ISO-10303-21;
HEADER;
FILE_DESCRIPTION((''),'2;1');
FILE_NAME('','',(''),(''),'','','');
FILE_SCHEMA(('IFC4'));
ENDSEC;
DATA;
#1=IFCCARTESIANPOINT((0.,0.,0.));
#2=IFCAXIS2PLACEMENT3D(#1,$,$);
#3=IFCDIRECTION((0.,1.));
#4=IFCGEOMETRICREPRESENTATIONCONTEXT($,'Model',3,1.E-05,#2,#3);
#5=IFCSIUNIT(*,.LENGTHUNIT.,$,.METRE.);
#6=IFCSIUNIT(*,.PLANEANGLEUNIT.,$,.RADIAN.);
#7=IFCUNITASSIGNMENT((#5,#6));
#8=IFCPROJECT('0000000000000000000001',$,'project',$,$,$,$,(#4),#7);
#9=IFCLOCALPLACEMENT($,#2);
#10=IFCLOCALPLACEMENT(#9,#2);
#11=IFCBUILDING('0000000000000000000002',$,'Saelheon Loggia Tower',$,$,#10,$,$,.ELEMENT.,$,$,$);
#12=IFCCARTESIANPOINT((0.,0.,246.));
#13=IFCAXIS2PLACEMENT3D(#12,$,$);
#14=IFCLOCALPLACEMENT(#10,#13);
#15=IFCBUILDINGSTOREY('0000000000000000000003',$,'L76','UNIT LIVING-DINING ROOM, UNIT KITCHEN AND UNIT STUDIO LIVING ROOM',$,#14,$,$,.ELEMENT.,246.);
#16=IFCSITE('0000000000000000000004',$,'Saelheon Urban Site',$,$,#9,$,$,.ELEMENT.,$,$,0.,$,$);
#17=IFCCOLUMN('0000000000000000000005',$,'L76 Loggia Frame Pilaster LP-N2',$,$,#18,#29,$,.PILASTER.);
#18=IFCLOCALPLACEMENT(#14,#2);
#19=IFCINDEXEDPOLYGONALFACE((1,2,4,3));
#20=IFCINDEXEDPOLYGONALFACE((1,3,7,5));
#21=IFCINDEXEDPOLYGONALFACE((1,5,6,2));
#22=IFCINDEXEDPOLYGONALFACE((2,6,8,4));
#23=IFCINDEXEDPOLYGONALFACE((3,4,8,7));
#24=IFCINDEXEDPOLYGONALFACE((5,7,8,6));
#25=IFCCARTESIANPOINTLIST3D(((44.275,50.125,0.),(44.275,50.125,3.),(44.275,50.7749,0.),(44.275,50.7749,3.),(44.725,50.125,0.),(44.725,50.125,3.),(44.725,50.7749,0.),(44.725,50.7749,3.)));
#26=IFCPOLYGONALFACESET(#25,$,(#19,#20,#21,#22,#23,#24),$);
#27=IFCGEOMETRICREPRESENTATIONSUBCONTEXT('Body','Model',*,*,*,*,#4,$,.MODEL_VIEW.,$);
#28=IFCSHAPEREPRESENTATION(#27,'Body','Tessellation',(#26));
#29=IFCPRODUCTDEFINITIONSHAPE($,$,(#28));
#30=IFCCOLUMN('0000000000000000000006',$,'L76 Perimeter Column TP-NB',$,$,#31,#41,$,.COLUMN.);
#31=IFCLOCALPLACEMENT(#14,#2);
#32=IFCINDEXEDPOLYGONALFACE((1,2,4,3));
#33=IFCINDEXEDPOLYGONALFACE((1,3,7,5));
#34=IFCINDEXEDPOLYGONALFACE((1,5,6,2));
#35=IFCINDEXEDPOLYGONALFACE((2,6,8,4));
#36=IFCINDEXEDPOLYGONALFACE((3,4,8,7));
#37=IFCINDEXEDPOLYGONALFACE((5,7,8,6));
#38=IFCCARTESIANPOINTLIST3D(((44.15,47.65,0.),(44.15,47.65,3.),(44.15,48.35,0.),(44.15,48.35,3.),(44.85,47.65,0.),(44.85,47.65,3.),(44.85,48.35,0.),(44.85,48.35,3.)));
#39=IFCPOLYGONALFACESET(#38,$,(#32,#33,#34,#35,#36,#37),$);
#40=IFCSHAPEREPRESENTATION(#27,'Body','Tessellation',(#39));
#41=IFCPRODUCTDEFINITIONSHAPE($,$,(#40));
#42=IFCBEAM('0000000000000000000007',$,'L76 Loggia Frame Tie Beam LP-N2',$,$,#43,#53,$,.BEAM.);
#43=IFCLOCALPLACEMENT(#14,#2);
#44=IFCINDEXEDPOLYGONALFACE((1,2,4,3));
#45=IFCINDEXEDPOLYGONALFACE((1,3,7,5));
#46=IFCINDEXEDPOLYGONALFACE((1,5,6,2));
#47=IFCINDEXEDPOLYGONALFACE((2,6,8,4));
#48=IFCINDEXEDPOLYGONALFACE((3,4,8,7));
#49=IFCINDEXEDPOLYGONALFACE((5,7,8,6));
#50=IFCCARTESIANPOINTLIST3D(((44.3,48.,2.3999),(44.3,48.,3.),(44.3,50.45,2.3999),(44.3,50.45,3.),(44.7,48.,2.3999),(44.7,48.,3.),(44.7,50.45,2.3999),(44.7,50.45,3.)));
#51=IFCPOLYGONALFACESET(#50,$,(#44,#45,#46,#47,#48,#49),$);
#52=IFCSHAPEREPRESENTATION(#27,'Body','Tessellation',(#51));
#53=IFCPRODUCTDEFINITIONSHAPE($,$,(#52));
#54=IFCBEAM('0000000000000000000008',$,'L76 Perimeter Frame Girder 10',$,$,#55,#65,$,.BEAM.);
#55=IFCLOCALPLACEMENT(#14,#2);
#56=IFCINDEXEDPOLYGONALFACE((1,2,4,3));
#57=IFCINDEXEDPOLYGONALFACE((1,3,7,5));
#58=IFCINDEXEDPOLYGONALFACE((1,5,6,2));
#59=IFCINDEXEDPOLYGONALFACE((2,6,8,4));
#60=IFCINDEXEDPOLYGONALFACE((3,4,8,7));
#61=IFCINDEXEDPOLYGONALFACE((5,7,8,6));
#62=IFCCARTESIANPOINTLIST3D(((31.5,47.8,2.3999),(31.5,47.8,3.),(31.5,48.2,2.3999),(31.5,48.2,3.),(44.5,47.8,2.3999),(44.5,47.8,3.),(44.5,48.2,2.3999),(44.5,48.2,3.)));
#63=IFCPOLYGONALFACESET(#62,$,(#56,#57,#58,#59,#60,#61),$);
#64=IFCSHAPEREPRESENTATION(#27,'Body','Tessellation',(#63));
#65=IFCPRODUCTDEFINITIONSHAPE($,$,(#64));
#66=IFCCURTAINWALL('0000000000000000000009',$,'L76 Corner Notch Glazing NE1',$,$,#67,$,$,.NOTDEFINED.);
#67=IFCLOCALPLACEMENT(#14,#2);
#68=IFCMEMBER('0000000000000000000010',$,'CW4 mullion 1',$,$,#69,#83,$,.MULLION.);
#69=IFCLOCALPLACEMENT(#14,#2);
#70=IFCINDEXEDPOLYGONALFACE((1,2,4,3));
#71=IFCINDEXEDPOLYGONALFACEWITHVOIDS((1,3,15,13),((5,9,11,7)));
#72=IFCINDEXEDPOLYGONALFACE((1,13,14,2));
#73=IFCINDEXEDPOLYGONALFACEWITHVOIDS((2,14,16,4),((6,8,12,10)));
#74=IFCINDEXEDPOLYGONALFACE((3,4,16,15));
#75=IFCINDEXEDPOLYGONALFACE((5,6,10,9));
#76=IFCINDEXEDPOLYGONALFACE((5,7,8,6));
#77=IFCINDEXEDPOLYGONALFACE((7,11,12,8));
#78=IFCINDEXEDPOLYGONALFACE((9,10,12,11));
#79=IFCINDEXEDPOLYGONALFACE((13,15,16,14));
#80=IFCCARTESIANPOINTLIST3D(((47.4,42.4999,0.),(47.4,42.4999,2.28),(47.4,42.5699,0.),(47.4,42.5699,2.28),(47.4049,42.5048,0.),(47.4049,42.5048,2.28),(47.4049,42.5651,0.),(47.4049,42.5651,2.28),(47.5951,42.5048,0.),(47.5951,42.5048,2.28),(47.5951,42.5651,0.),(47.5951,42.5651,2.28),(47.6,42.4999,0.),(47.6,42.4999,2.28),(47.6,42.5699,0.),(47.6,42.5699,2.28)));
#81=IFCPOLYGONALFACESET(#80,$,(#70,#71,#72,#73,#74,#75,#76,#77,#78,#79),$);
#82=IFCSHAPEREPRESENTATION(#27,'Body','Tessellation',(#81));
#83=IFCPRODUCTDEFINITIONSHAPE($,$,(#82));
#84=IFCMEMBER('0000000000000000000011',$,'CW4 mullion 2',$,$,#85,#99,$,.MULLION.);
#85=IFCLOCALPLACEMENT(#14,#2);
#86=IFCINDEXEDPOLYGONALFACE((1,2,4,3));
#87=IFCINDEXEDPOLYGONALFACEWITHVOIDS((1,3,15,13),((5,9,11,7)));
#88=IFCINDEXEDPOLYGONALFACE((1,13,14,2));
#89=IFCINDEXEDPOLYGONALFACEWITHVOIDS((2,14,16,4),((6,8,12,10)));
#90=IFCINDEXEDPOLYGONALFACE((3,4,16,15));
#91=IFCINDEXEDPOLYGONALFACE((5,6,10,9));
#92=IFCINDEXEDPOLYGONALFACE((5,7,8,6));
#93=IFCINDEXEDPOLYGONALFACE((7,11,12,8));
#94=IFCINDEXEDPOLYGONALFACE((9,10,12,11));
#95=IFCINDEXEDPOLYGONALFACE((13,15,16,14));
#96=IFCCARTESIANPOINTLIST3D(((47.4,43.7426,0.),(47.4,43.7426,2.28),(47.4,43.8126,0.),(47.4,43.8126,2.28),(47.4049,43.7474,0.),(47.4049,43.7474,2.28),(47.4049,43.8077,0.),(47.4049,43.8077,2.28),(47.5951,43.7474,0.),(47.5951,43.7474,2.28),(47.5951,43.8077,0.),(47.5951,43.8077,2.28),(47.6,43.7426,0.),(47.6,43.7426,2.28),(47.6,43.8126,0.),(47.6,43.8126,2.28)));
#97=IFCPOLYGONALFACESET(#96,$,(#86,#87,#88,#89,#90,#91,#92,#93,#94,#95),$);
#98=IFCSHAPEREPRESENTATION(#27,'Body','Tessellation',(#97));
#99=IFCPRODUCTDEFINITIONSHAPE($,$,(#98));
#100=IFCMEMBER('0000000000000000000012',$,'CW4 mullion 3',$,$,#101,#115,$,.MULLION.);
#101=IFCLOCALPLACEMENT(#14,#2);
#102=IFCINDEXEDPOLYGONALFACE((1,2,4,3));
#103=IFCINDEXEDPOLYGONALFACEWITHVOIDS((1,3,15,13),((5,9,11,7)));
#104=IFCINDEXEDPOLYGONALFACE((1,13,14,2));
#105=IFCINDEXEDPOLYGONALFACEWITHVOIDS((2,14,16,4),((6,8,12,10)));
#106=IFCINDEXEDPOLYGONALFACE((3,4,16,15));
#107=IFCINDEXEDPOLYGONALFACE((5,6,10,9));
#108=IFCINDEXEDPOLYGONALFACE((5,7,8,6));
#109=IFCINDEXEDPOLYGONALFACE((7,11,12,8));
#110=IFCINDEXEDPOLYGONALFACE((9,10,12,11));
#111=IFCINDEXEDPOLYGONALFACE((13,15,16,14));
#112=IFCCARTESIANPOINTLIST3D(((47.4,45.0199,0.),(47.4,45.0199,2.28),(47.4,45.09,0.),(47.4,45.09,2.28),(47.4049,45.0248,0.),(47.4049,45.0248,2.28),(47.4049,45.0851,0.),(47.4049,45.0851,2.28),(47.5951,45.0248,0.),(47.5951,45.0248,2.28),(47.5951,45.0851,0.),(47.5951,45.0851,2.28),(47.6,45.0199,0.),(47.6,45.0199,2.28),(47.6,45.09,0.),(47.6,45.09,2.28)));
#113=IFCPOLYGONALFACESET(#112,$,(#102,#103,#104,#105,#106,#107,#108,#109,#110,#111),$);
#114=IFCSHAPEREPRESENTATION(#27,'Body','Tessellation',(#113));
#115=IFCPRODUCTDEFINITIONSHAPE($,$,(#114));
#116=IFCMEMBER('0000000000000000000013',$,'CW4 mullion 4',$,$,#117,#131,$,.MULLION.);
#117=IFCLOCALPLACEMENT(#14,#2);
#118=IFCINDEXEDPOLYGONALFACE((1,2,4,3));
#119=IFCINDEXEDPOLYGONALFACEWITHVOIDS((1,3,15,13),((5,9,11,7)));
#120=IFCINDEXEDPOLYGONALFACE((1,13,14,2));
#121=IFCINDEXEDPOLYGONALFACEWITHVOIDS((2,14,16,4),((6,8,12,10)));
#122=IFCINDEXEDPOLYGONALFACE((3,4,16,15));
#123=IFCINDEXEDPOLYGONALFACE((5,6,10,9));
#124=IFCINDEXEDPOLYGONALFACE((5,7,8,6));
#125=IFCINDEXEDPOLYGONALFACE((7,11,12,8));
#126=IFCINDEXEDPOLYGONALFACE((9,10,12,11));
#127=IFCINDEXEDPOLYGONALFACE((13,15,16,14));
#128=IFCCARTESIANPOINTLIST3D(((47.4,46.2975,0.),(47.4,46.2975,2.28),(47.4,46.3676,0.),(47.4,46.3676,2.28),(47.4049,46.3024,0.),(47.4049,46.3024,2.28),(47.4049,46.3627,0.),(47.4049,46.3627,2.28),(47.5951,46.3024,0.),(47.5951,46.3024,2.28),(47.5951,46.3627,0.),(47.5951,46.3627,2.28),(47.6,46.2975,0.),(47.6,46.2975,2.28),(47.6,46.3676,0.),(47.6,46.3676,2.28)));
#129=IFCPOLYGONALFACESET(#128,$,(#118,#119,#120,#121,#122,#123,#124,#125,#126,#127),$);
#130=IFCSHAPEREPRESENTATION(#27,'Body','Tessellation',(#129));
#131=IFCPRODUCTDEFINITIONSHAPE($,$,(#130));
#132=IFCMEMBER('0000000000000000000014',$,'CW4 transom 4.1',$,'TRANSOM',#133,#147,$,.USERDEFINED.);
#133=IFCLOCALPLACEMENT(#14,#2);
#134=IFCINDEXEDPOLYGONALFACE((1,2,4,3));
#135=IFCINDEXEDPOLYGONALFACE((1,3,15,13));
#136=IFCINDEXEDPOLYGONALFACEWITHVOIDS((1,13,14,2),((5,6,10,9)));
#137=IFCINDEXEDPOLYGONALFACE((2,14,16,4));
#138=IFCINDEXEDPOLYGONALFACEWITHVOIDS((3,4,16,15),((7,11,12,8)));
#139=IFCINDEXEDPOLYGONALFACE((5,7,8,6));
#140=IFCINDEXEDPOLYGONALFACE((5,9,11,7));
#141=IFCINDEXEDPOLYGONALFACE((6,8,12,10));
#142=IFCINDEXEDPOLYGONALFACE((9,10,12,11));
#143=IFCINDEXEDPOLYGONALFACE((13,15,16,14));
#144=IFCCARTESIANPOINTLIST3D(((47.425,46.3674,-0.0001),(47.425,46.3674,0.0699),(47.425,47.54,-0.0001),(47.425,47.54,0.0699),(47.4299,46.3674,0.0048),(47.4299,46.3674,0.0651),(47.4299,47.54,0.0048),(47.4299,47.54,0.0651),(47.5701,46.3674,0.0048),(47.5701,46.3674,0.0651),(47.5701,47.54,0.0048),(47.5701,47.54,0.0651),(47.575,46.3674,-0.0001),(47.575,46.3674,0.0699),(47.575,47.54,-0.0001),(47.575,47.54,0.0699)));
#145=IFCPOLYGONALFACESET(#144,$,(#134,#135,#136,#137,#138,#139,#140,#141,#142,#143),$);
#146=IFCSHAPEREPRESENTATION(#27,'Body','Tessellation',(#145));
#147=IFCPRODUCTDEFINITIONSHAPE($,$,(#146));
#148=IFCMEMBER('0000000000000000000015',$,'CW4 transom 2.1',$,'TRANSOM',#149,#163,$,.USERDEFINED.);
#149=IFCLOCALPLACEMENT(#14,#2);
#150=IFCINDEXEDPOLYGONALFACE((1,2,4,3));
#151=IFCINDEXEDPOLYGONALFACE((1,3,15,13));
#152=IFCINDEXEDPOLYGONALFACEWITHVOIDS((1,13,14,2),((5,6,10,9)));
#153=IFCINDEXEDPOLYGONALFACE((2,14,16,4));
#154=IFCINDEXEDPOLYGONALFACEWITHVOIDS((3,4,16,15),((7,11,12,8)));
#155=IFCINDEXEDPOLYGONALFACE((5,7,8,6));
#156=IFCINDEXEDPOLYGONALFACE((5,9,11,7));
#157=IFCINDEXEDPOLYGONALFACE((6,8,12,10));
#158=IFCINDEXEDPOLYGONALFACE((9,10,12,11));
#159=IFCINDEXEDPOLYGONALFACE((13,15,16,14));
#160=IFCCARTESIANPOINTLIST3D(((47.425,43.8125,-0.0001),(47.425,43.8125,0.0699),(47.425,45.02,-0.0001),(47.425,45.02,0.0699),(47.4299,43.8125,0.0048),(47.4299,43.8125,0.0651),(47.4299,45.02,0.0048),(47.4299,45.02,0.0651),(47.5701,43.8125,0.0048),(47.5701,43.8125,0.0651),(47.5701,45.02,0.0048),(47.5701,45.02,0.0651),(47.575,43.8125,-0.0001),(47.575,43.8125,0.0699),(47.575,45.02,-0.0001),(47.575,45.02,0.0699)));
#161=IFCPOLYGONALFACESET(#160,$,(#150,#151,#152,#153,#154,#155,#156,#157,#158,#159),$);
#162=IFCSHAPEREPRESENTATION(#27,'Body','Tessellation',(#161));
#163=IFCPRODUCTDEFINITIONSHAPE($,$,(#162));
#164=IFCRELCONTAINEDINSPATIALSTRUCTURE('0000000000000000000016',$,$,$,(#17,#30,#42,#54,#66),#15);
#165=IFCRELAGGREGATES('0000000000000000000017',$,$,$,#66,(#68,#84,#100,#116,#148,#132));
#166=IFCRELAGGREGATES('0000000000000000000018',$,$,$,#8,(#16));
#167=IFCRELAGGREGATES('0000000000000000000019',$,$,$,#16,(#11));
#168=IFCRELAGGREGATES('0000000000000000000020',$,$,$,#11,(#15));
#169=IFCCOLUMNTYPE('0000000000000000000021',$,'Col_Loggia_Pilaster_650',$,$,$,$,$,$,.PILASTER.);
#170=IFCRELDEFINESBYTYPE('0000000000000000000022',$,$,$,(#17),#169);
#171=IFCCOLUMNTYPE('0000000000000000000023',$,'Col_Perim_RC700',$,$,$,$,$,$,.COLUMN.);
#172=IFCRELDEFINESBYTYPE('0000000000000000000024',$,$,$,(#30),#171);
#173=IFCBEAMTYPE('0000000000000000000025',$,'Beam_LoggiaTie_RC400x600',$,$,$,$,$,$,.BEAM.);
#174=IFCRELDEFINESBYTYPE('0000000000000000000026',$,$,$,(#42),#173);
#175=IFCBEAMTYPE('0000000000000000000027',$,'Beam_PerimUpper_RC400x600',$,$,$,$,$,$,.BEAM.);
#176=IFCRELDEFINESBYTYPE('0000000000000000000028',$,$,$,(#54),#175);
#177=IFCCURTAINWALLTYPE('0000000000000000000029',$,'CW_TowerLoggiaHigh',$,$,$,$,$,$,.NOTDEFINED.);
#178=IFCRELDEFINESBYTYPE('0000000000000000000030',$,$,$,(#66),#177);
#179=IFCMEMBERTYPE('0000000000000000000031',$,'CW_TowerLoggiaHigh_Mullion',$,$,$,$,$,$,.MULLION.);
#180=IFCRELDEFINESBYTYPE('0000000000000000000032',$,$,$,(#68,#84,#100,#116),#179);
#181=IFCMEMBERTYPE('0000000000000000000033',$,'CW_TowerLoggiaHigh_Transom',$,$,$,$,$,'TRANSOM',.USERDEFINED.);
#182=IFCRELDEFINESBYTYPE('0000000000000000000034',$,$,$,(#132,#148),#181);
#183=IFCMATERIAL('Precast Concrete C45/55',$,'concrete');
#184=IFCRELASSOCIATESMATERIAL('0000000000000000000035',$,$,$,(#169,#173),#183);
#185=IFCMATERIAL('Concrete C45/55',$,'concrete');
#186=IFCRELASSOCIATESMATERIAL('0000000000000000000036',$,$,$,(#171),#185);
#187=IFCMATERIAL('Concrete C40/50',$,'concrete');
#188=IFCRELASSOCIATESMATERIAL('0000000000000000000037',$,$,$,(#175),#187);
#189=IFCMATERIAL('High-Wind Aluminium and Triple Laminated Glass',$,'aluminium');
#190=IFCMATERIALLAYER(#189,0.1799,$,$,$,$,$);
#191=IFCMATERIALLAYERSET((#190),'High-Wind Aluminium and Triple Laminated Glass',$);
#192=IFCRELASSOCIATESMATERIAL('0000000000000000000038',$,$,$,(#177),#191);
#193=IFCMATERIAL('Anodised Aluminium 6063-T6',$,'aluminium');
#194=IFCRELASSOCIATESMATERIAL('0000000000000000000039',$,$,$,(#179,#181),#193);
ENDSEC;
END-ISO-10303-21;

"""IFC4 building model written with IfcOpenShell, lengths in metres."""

from ifc_helpers import new_model, si_unit, direction, frame, origin, origin_2d, place, context, subcontext, project, spatial, rectangle, hollow_rectangle, extrude, source, transform, mapped, material, layer, layer_set, material_profile, profile_set, type_object, element, aggregate, save


model = new_model("IFC4")

# Units and contexts
model_context = context("Model", 3, precision=1e-05, world=origin(), true_north=direction((0.0, 1.0)))
body_context = subcontext(model_context, "Body", "Model", "MODEL_VIEW")
ifc_project = project(units=[si_unit("LENGTHUNIT", "METRE"), si_unit("PLANEANGLEUNIT", "RADIAN")], contexts=[model_context])

# Site, building, storey
site_placement = place(None, origin())
site = spatial("IfcSite", under=ifc_project, at=site_placement, Name="Saelheon Urban Site", CompositionType="ELEMENT", RefElevation=0.0)
building_placement = place(site_placement, origin())
building = spatial("IfcBuilding", under=site, at=building_placement, Name="Saelheon Loggia Tower", CompositionType="ELEMENT")
storey_placement = place(building_placement, frame((0.0, 0.0, 246.0)))
storey = spatial("IfcBuildingStorey", under=building, at=storey_placement, Name="L76", Description="UNIT LIVING-DINING ROOM, UNIT KITCHEN AND UNIT STUDIO LIVING ROOM", CompositionType="ELEMENT", Elevation=246.0)

# Columns
ifc_material_1 = material(Name="Precast Concrete C45/55", Category="concrete")
ifc_material_profile_1 = material_profile(ifc_material_1, rectangle(XDim=0.45, YDim=0.6499, at=origin_2d()), Name="RC-450x650")
ifc_profile_set_1 = profile_set([ifc_material_profile_1], Name="Precast Concrete C45/55")
column_type_1 = type_object("IfcColumnType", Name="Col_Loggia_Pilaster_650", PredefinedType="PILASTER", material=ifc_profile_set_1)
shared_shape_1 = source(origin(), body_context, "Body", "SweptSolid", [
    extrude(rectangle(XDim=0.45, YDim=0.6499, at=origin_2d()), origin(), (0.0, 0.0, 1.0), 3.0),
])
column_1_placement = place(storey_placement, frame((44.5, 50.45, 0.0), z_axis=(0.0, 0.0, 1.0), x_axis=(1.0, 0.0, 0.0)))
element("IfcColumn", 1, at=column_1_placement, inside=storey, type_object=column_type_1, Name="L76 Loggia Frame Pilaster LP-N2", PredefinedType="PILASTER", context=body_context, shape_type="MappedRepresentation", body=[
    mapped(shared_shape_1, transform((0.0, 0.0, 0.0), scale=1.0)),
])
ifc_material_2 = material(Name="Concrete C45/55", Category="concrete")
ifc_material_profile_2 = material_profile(ifc_material_2, rectangle(XDim=0.7, YDim=0.7, at=origin_2d()), Name="RC-700x700")
ifc_profile_set_2 = profile_set([ifc_material_profile_2], Name="Concrete C45/55")
column_type_2 = type_object("IfcColumnType", Name="Col_Perim_RC700", PredefinedType="COLUMN", material=ifc_profile_set_2)
shared_shape_2 = source(origin(), body_context, "Body", "SweptSolid", [
    extrude(rectangle(XDim=0.7, YDim=0.7, at=origin_2d()), origin(), (0.0, 0.0, 1.0), 3.0),
])
column_2_placement = place(storey_placement, frame((44.5, 48.0, 0.0), z_axis=(0.0, 0.0, 1.0), x_axis=(1.0, 0.0, 0.0)))
element("IfcColumn", 2, at=column_2_placement, inside=storey, type_object=column_type_2, Name="L76 Perimeter Column TP-NB", PredefinedType="COLUMN", context=body_context, shape_type="MappedRepresentation", body=[
    mapped(shared_shape_2, transform((0.0, 0.0, 0.0), scale=1.0)),
])

# Beams
ifc_material_profile_3 = material_profile(ifc_material_1, rectangle(XDim=0.3999, YDim=0.6001, at=origin_2d()), Name="RC-400x600")
ifc_profile_set_3 = profile_set([ifc_material_profile_3], Name="Precast Concrete C45/55")
beam_type_1 = type_object("IfcBeamType", Name="Beam_LoggiaTie_RC400x600", PredefinedType="BEAM", material=ifc_profile_set_3)
shared_shape_3 = source(origin(), body_context, "Body", "SweptSolid", [
    extrude(rectangle(XDim=0.3999, YDim=0.6001, at=origin_2d()), origin(), (0.0, 0.0, 1.0), 2.45),
])
beam_1_placement = place(storey_placement, frame((44.5, 48.0, 2.7), z_axis=(0.0, 1.0, 0.0), x_axis=(-1.0, 0.0, 0.0)))
element("IfcBeam", 3, at=beam_1_placement, inside=storey, type_object=beam_type_1, Name="L76 Loggia Frame Tie Beam LP-N2", PredefinedType="BEAM", context=body_context, shape_type="MappedRepresentation", body=[
    mapped(shared_shape_3, transform((0.0, 0.0, 0.0), scale=1.0)),
])
ifc_material_3 = material(Name="Concrete C40/50", Category="concrete")
ifc_material_profile_4 = material_profile(ifc_material_3, rectangle(XDim=0.3999, YDim=0.6001, at=origin_2d()), Name="RC-400x600")
ifc_profile_set_4 = profile_set([ifc_material_profile_4], Name="Concrete C40/50")
beam_type_2 = type_object("IfcBeamType", Name="Beam_PerimUpper_RC400x600", PredefinedType="BEAM", material=ifc_profile_set_4)
shared_shape_4 = source(origin(), body_context, "Body", "SweptSolid", [
    extrude(rectangle(XDim=0.3999, YDim=0.6001, at=origin_2d()), origin(), (0.0, 0.0, 1.0), 13.0),
])
beam_2_placement = place(storey_placement, frame((44.5, 48.0, 2.7), z_axis=(-1.0, 0.0, 0.0), x_axis=(0.0, -1.0, 0.0)))
element("IfcBeam", 4, at=beam_2_placement, inside=storey, type_object=beam_type_2, Name="L76 Perimeter Frame Girder 10", PredefinedType="BEAM", context=body_context, shape_type="MappedRepresentation", body=[
    mapped(shared_shape_4, transform((0.0, 0.0, 0.0), scale=1.0)),
])

# Curtain wall, members
ifc_material_4 = material(Name="High-Wind Aluminium and Triple Laminated Glass", Category="aluminium")
ifc_layer_1 = layer(ifc_material_4, 0.1799)
ifc_layer_set_1 = layer_set([ifc_layer_1], Name="High-Wind Aluminium and Triple Laminated Glass")
curtain_wall_type = type_object("IfcCurtainWallType", Name="CW_TowerLoggiaHigh", PredefinedType="NOTDEFINED", material=ifc_layer_set_1)
curtain_wall_placement = place(storey_placement, origin())
curtain_wall = element("IfcCurtainWall", 5, at=curtain_wall_placement, inside=storey, type_object=curtain_wall_type, Name="L76 Corner Notch Glazing NE1", PredefinedType="NOTDEFINED")
ifc_material_5 = material(Name="Anodised Aluminium 6063-T6", Category="aluminium")
ifc_material_profile_5 = material_profile(ifc_material_5, hollow_rectangle(XDim=0.0701, YDim=0.2, WallThickness=0.0049, at=origin_2d()), Name="RHS-200x70x5")
ifc_profile_set_5 = profile_set([ifc_material_profile_5], Name="Anodised Aluminium 6063-T6")
member_type_1 = type_object("IfcMemberType", Name="CW_TowerLoggiaHigh_Mullion", PredefinedType="MULLION", material=ifc_profile_set_5)
shared_shape_5 = source(origin(), body_context, "Body", "SweptSolid", [
    extrude(hollow_rectangle(XDim=0.0701, YDim=0.2, WallThickness=0.0049, at=origin_2d()), origin(), (0.0, 0.0, 1.0), 2.28),
])
member_1_placement = place(storey_placement, frame((47.5, 42.5349, 0.0), z_axis=(0.0, 0.0, 1.0), x_axis=(0.0, 1.0, 0.0)))
member_1 = element("IfcMember", 6, at=member_1_placement, type_object=member_type_1, Name="CW4 mullion 1", PredefinedType="MULLION", context=body_context, shape_type="MappedRepresentation", body=[
    mapped(shared_shape_5, transform((0.0, 0.0, 0.0), scale=1.0)),
])
member_2_placement = place(storey_placement, frame((47.5, 43.7776, 0.0), z_axis=(0.0, 0.0, 1.0), x_axis=(0.0, 1.0, 0.0)))
member_2 = element("IfcMember", 7, at=member_2_placement, type_object=member_type_1, Name="CW4 mullion 2", PredefinedType="MULLION", context=body_context, shape_type="MappedRepresentation", body=[
    mapped(shared_shape_5, transform((0.0, 0.0, 0.0), scale=1.0)),
])
member_3_placement = place(storey_placement, frame((47.5, 45.0549, 0.0), z_axis=(0.0, 0.0, 1.0), x_axis=(0.0, 1.0, 0.0)))
member_3 = element("IfcMember", 8, at=member_3_placement, type_object=member_type_1, Name="CW4 mullion 3", PredefinedType="MULLION", context=body_context, shape_type="MappedRepresentation", body=[
    mapped(shared_shape_5, transform((0.0, 0.0, 0.0), scale=1.0)),
])
member_4_placement = place(storey_placement, frame((47.5, 46.3325, 0.0), z_axis=(0.0, 0.0, 1.0), x_axis=(0.0, 1.0, 0.0)))
member_4 = element("IfcMember", 9, at=member_4_placement, type_object=member_type_1, Name="CW4 mullion 4", PredefinedType="MULLION", context=body_context, shape_type="MappedRepresentation", body=[
    mapped(shared_shape_5, transform((0.0, 0.0, 0.0), scale=1.0)),
])
ifc_material_profile_6 = material_profile(ifc_material_5, hollow_rectangle(XDim=0.0701, YDim=0.1499, WallThickness=0.0049, at=origin_2d()), Name="RHS-150x70x5")
ifc_profile_set_6 = profile_set([ifc_material_profile_6], Name="Anodised Aluminium 6063-T6")
member_type_2 = type_object("IfcMemberType", Name="CW_TowerLoggiaHigh_Transom", ElementType="TRANSOM", PredefinedType="USERDEFINED", material=ifc_profile_set_6)
shared_shape_6 = source(origin(), body_context, "Body", "SweptSolid", [
    extrude(hollow_rectangle(XDim=0.0701, YDim=0.1499, WallThickness=0.0049, at=origin_2d()), origin(), (0.0, 0.0, 1.0), 1.1726),
])
member_5_placement = place(storey_placement, frame((47.5, 46.3674, 0.0349), z_axis=(0.0, 1.0, 0.0), x_axis=(0.0, 0.0, 1.0)))
member_5 = element("IfcMember", 10, at=member_5_placement, type_object=member_type_2, Name="CW4 transom 4.1", ObjectType="TRANSOM", PredefinedType="USERDEFINED", context=body_context, shape_type="MappedRepresentation", body=[
    mapped(shared_shape_6, transform((0.0, 0.0, 0.0), scale=1.0)),
])
shared_shape_7 = source(origin(), body_context, "Body", "SweptSolid", [
    extrude(hollow_rectangle(XDim=0.0701, YDim=0.1499, WallThickness=0.0049, at=origin_2d()), origin(), (0.0, 0.0, 1.0), 1.2075),
])
member_6_placement = place(storey_placement, frame((47.5, 43.8125, 0.0349), z_axis=(0.0, 1.0, 0.0), x_axis=(0.0, 0.0, 1.0)))
member_6 = element("IfcMember", 11, at=member_6_placement, type_object=member_type_2, Name="CW4 transom 2.1", ObjectType="TRANSOM", PredefinedType="USERDEFINED", context=body_context, shape_type="MappedRepresentation", body=[
    mapped(shared_shape_7, transform((0.0, 0.0, 0.0), scale=1.0)),
])
aggregate(curtain_wall, [member_1, member_2, member_3, member_4, member_6, member_5])

save(model, "model.ifc")
